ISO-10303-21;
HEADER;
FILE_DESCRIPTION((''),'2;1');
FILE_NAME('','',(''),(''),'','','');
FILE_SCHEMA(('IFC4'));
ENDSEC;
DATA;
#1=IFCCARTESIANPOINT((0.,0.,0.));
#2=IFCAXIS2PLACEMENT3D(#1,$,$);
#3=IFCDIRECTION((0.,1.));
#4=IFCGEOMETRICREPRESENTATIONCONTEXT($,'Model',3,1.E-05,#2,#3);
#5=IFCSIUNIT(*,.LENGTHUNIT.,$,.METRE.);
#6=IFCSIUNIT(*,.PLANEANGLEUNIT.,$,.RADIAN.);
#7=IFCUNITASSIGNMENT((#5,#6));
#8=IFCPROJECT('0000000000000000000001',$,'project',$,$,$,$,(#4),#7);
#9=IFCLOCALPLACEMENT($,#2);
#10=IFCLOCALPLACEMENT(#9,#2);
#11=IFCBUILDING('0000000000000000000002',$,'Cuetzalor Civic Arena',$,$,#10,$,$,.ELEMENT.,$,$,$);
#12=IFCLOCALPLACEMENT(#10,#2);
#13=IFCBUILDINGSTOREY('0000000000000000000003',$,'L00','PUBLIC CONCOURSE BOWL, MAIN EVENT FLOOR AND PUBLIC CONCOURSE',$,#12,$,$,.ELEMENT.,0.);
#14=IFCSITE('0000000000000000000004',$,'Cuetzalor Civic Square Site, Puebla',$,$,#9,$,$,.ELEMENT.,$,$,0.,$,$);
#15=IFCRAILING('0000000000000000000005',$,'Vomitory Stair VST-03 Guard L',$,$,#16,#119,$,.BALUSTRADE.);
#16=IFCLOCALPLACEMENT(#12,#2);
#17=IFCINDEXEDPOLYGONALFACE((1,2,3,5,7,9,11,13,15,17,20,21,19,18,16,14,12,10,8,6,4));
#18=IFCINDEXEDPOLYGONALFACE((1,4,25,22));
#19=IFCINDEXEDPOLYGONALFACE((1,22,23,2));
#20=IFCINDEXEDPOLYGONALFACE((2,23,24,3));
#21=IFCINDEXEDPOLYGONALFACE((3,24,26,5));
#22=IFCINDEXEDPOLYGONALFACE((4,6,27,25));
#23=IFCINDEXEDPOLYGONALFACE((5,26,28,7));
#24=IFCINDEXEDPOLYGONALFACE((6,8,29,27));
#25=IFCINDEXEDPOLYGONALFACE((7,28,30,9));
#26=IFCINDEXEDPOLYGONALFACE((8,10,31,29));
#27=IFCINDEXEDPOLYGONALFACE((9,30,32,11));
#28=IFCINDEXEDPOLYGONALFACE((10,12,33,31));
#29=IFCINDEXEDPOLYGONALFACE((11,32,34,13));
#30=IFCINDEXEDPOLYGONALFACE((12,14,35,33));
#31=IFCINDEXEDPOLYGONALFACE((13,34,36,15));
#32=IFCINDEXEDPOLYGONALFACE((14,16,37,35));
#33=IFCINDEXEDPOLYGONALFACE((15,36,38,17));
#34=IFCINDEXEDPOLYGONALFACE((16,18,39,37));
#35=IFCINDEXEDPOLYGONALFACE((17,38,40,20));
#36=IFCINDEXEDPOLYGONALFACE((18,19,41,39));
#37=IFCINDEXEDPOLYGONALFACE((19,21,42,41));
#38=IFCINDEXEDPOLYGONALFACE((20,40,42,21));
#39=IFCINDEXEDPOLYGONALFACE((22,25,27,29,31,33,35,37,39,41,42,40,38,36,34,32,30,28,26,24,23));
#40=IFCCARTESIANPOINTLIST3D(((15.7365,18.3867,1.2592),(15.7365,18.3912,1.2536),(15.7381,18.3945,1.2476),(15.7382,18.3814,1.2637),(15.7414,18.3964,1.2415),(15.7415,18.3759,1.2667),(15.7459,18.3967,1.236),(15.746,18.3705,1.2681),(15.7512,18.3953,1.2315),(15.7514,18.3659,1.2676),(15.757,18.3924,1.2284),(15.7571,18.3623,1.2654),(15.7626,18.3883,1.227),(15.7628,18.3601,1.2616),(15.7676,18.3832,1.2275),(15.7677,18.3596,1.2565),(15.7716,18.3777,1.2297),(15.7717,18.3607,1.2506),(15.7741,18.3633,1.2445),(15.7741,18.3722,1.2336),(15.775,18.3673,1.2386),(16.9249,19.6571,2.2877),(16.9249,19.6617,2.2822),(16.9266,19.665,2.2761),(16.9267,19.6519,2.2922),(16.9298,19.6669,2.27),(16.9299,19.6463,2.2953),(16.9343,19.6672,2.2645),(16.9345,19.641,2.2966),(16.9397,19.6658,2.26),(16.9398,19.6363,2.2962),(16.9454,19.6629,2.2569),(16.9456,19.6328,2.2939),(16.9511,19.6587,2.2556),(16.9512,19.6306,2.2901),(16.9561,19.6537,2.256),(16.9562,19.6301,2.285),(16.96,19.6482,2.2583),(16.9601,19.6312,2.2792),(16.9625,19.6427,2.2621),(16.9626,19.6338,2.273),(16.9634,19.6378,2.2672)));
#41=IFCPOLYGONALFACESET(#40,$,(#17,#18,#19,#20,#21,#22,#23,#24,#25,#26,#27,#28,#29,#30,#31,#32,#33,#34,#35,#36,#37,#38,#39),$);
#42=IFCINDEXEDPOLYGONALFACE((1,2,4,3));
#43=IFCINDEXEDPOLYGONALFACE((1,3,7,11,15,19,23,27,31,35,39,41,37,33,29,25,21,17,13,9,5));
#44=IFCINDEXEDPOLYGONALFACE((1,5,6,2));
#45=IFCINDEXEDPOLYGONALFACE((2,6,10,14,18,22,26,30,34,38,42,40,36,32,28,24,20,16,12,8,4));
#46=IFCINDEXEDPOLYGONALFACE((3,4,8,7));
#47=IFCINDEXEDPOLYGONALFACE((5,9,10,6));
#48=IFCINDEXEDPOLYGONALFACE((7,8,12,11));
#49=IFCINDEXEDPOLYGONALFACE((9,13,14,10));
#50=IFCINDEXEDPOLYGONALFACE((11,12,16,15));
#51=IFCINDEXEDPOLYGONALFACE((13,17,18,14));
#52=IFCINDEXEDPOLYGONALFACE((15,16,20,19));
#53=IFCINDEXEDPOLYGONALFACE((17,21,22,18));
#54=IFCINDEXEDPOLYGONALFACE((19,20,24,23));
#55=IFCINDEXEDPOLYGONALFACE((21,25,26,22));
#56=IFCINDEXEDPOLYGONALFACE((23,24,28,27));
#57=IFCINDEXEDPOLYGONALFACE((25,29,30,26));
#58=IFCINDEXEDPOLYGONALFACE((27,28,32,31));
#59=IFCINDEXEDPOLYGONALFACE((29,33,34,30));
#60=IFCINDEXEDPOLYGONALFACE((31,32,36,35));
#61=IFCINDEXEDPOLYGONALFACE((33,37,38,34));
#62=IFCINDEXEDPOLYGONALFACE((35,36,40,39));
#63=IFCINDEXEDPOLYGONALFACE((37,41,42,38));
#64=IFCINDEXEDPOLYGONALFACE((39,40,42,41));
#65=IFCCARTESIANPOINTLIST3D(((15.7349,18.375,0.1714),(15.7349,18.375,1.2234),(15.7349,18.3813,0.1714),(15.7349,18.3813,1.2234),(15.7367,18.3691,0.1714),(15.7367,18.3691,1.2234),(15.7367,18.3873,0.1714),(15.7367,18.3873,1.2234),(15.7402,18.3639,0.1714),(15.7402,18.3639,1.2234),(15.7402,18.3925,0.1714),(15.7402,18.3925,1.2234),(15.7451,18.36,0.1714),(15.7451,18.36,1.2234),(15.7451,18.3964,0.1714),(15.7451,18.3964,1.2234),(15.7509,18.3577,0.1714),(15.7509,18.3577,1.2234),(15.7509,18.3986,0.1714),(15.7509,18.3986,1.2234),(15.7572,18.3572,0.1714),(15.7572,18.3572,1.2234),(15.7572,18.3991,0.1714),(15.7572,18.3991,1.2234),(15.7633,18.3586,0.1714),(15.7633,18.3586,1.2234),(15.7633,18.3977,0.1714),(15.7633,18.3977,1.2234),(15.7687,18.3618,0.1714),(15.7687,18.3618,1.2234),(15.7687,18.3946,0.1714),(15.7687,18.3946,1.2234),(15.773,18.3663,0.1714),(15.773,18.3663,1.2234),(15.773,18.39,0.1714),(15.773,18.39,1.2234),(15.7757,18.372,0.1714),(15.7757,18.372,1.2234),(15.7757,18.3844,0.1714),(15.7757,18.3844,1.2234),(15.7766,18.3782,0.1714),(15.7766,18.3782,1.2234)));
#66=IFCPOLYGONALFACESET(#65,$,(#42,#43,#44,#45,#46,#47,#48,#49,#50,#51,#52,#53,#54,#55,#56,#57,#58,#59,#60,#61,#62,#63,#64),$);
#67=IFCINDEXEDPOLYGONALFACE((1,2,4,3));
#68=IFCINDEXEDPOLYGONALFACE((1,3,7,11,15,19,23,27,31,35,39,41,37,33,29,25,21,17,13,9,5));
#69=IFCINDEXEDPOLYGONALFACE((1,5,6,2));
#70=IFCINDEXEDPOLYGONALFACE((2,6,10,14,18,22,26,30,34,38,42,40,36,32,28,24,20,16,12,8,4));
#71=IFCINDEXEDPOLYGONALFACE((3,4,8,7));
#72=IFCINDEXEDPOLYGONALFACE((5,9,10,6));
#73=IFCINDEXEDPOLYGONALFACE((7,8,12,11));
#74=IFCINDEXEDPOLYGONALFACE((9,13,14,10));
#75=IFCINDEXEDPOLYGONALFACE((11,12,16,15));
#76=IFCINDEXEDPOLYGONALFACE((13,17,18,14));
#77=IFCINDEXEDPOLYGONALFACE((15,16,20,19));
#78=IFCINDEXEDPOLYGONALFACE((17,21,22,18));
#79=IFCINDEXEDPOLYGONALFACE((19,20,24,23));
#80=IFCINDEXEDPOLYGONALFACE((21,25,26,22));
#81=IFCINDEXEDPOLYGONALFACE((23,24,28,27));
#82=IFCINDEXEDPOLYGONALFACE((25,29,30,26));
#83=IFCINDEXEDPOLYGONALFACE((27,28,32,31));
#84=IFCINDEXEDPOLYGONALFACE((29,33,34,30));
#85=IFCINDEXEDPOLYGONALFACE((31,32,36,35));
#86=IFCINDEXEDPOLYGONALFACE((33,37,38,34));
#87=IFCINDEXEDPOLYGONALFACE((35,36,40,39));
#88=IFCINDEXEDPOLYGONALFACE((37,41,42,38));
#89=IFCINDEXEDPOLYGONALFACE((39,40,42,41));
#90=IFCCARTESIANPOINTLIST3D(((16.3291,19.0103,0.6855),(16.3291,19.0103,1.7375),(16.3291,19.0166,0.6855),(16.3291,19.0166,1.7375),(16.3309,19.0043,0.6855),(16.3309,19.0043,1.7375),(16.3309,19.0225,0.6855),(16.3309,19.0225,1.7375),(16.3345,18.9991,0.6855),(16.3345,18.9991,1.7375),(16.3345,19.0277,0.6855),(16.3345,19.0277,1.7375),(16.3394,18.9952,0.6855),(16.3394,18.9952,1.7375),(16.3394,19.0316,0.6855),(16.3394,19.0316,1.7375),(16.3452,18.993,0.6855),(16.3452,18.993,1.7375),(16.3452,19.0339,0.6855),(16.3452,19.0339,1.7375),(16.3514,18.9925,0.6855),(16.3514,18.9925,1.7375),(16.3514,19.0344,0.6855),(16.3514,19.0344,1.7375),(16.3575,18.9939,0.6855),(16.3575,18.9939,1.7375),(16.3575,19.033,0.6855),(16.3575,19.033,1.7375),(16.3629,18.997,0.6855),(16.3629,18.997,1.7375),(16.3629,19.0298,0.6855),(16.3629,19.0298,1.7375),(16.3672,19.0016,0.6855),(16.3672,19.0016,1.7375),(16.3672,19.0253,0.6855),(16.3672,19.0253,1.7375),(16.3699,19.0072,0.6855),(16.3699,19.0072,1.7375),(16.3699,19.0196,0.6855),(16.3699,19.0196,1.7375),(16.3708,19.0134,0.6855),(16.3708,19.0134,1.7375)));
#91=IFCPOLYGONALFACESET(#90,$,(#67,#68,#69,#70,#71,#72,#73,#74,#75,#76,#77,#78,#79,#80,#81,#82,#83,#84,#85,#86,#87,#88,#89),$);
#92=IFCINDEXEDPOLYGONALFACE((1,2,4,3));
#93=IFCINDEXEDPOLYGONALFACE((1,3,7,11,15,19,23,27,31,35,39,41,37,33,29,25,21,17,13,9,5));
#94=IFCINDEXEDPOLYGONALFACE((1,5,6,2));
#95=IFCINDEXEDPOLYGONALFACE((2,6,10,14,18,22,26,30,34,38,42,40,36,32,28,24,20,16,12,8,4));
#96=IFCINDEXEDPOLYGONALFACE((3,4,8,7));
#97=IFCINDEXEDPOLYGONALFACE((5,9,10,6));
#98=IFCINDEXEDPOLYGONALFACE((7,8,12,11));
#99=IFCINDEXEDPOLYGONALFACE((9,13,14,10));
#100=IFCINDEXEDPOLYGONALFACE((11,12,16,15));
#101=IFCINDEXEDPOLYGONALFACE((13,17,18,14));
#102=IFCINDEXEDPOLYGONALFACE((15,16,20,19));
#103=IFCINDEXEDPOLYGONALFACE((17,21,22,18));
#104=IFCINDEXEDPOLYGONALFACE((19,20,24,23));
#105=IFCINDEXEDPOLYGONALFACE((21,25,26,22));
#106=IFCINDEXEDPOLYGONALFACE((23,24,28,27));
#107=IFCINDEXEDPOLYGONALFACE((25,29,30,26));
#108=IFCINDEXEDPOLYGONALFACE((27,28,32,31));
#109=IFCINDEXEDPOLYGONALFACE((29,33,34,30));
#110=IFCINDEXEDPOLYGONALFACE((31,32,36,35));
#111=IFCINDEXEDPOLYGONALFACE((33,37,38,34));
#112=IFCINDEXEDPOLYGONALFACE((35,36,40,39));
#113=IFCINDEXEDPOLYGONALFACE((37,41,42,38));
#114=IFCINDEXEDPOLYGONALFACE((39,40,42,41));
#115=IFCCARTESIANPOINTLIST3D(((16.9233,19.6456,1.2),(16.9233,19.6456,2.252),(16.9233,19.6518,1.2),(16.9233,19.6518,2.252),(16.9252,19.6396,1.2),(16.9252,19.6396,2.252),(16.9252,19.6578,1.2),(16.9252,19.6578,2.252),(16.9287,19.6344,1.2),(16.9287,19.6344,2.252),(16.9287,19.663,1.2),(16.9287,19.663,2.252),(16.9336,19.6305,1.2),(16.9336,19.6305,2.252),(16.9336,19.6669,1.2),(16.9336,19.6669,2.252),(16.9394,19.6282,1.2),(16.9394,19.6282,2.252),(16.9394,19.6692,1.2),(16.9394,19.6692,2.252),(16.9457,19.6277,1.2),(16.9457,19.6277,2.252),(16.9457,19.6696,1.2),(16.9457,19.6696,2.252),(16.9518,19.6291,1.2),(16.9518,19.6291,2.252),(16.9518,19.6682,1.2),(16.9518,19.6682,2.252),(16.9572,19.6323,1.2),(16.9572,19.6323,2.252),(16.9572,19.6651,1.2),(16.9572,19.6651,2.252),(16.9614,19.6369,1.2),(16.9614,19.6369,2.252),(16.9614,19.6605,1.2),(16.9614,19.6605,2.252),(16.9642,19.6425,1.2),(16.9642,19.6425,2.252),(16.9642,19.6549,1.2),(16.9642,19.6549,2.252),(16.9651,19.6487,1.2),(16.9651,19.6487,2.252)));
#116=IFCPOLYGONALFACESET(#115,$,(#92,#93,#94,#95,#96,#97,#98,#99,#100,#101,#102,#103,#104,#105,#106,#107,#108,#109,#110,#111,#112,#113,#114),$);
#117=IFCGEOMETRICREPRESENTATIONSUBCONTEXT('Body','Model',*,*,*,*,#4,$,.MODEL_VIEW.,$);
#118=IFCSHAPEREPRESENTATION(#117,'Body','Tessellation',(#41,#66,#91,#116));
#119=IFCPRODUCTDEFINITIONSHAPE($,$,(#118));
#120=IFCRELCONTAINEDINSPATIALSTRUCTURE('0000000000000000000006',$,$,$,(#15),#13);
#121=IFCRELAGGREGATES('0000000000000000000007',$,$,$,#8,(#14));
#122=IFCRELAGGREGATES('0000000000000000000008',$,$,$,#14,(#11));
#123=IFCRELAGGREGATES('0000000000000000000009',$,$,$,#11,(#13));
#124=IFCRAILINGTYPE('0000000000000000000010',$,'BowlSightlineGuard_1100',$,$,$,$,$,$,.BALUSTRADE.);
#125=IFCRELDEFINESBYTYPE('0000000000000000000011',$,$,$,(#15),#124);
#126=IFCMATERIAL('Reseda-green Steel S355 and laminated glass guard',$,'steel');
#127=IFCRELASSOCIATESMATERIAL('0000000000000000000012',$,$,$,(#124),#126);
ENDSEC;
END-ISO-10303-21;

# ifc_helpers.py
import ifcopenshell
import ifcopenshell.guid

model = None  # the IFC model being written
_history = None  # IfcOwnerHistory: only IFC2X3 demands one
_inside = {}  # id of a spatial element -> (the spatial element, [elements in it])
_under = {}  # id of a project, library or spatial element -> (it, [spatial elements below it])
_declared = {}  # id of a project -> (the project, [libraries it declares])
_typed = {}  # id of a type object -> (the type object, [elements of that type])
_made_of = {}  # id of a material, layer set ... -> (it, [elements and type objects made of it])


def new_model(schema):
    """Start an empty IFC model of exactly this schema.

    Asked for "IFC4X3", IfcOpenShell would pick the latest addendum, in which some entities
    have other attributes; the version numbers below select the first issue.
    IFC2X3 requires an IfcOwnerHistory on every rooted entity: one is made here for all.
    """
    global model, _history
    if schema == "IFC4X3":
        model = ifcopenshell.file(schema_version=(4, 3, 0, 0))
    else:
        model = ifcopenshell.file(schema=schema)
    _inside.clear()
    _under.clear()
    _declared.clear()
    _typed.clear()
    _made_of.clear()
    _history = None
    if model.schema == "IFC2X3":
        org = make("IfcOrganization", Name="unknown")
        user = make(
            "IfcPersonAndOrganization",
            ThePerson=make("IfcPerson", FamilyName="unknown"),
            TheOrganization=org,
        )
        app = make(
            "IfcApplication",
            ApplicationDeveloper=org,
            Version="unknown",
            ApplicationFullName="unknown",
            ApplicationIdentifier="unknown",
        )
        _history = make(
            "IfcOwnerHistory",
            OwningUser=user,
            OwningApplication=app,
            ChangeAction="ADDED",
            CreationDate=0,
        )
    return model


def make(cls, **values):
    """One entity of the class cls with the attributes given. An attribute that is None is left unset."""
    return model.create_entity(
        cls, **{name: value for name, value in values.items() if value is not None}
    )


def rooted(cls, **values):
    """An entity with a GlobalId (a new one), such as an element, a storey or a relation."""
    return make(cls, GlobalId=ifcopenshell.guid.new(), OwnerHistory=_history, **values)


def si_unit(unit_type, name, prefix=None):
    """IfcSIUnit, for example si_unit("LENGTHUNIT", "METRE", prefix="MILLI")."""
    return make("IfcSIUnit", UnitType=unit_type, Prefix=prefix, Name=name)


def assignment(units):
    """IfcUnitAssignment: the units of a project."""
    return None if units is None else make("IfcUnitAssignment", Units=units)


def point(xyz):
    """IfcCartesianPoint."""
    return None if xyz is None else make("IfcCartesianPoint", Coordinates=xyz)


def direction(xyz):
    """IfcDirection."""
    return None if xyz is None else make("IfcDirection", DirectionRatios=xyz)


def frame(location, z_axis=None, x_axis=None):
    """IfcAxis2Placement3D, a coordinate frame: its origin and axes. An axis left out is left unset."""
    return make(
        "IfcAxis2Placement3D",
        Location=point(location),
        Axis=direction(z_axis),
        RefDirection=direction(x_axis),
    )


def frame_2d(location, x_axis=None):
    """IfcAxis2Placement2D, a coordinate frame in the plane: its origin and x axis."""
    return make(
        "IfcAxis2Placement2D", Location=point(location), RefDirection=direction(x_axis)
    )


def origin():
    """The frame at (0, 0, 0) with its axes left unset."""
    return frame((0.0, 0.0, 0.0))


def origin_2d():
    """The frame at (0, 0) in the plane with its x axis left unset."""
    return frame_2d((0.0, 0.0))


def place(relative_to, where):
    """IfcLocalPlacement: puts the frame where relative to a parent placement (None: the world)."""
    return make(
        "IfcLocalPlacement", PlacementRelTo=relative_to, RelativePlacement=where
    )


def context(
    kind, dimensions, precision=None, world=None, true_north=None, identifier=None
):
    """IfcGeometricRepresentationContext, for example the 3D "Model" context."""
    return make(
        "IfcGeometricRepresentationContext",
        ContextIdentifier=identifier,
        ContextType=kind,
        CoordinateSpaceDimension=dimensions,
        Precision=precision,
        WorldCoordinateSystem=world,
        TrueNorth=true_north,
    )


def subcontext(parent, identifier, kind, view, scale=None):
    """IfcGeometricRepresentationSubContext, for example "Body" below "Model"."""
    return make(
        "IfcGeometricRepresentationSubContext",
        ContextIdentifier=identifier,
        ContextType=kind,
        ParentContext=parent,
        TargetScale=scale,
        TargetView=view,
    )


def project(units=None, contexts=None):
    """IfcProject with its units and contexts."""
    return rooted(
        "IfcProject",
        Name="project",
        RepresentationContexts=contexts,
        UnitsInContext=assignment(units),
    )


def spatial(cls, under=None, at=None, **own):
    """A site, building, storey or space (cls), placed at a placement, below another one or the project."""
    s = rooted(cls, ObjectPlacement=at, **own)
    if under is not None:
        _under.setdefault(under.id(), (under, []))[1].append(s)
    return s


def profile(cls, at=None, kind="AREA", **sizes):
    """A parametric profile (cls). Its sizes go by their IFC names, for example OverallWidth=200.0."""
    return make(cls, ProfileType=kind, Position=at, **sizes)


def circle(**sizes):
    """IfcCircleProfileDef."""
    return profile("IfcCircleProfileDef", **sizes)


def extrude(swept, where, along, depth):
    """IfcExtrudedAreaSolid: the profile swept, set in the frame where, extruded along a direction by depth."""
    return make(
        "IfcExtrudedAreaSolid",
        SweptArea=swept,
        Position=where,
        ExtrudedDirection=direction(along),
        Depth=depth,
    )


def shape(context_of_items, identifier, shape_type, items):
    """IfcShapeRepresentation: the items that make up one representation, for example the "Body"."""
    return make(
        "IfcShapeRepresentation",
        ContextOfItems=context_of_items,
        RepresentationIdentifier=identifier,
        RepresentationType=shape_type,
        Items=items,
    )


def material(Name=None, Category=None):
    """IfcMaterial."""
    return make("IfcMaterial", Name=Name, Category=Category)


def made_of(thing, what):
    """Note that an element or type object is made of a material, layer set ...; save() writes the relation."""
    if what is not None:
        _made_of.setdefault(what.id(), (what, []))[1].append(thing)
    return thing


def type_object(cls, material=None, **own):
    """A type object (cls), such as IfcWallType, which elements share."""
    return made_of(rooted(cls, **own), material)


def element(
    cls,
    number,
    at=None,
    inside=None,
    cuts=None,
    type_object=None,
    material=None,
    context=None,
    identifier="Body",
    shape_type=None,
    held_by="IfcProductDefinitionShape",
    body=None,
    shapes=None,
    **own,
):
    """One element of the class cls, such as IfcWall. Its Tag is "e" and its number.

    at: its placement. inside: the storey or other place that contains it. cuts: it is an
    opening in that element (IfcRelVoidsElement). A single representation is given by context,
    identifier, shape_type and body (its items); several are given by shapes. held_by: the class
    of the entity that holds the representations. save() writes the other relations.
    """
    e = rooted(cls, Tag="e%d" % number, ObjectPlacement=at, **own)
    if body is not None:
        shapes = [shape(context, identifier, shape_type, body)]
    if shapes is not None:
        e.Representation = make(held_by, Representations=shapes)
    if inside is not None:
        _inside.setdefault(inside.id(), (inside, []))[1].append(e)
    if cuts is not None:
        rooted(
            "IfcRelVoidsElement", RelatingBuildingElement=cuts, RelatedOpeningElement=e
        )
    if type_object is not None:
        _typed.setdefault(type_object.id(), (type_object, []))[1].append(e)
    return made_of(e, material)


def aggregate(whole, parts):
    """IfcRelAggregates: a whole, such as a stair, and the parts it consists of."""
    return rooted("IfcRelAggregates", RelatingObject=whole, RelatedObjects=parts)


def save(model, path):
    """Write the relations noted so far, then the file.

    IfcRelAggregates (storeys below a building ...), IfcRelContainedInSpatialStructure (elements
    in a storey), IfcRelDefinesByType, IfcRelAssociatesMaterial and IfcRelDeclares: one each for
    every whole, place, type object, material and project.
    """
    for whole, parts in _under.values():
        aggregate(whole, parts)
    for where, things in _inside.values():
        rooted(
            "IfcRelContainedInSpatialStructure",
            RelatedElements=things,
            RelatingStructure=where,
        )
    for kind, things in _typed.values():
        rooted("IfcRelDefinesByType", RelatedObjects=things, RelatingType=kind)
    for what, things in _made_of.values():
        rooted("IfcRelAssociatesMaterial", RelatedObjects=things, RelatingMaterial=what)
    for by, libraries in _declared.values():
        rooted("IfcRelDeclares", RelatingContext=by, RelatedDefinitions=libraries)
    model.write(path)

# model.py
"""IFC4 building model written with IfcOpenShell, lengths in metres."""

from ifc_helpers import new_model, si_unit, direction, frame, origin, origin_2d, place, context, subcontext, project, spatial, circle, extrude, material, type_object, element, save


model = new_model("IFC4")

# Units and contexts
model_context = context("Model", 3, precision=1e-05, world=origin(), true_north=direction((0.0, 1.0)))
body_context = subcontext(model_context, "Body", "Model", "MODEL_VIEW")
ifc_project = project(units=[si_unit("LENGTHUNIT", "METRE"), si_unit("PLANEANGLEUNIT", "RADIAN")], contexts=[model_context])

# Site, building, storey
site_placement = place(None, origin())
site = spatial("IfcSite", under=ifc_project, at=site_placement, Name="Cuetzalor Civic Square Site, Puebla", CompositionType="ELEMENT", RefElevation=0.0)
building_placement = place(site_placement, origin())
building = spatial("IfcBuilding", under=site, at=building_placement, Name="Cuetzalor Civic Arena", CompositionType="ELEMENT")
storey_placement = place(building_placement, origin())
storey = spatial("IfcBuildingStorey", under=building, at=storey_placement, Name="L00", Description="PUBLIC CONCOURSE BOWL, MAIN EVENT FLOOR AND PUBLIC CONCOURSE", CompositionType="ELEMENT", Elevation=0.0)

# Railing
ifc_material_1 = material(Name="Reseda-green Steel S355 and laminated glass guard", Category="steel")
railing_type_1 = type_object("IfcRailingType", Name="BowlSightlineGuard_1100", PredefinedType="BALUSTRADE", material=ifc_material_1)
railing_1_placement = place(storey_placement, frame((15.7556, 18.3782, 0.1714)))
element("IfcRailing", 1, at=railing_1_placement, inside=storey, type_object=railing_type_1, Name="Vomitory Stair VST-03 Guard L", PredefinedType="BALUSTRADE", context=body_context, shape_type="SweptSolid", body=[
    extrude(circle(Radius=0.0239, at=origin_2d()), frame((0.0, 0.0, 1.0762), z_axis=(0.588051, 0.62864, 0.508928), x_axis=(-0.730289, 0.683138, 0.0)), (0.0, 0.0, 1.0), 2.021),
    extrude(circle(Radius=0.021, at=origin_2d()), origin(), (0.0, 0.0, 1.0), 1.052),
    extrude(circle(Radius=0.021, at=origin_2d()), frame((0.5942, 0.6353, 0.5142)), (0.0, 0.0, 1.0), 1.052),
    extrude(circle(Radius=0.021, at=origin_2d()), frame((1.1885, 1.2705, 1.0286)), (0.0, 0.0, 1.0), 1.052),
])

save(model, "model.ifc")
